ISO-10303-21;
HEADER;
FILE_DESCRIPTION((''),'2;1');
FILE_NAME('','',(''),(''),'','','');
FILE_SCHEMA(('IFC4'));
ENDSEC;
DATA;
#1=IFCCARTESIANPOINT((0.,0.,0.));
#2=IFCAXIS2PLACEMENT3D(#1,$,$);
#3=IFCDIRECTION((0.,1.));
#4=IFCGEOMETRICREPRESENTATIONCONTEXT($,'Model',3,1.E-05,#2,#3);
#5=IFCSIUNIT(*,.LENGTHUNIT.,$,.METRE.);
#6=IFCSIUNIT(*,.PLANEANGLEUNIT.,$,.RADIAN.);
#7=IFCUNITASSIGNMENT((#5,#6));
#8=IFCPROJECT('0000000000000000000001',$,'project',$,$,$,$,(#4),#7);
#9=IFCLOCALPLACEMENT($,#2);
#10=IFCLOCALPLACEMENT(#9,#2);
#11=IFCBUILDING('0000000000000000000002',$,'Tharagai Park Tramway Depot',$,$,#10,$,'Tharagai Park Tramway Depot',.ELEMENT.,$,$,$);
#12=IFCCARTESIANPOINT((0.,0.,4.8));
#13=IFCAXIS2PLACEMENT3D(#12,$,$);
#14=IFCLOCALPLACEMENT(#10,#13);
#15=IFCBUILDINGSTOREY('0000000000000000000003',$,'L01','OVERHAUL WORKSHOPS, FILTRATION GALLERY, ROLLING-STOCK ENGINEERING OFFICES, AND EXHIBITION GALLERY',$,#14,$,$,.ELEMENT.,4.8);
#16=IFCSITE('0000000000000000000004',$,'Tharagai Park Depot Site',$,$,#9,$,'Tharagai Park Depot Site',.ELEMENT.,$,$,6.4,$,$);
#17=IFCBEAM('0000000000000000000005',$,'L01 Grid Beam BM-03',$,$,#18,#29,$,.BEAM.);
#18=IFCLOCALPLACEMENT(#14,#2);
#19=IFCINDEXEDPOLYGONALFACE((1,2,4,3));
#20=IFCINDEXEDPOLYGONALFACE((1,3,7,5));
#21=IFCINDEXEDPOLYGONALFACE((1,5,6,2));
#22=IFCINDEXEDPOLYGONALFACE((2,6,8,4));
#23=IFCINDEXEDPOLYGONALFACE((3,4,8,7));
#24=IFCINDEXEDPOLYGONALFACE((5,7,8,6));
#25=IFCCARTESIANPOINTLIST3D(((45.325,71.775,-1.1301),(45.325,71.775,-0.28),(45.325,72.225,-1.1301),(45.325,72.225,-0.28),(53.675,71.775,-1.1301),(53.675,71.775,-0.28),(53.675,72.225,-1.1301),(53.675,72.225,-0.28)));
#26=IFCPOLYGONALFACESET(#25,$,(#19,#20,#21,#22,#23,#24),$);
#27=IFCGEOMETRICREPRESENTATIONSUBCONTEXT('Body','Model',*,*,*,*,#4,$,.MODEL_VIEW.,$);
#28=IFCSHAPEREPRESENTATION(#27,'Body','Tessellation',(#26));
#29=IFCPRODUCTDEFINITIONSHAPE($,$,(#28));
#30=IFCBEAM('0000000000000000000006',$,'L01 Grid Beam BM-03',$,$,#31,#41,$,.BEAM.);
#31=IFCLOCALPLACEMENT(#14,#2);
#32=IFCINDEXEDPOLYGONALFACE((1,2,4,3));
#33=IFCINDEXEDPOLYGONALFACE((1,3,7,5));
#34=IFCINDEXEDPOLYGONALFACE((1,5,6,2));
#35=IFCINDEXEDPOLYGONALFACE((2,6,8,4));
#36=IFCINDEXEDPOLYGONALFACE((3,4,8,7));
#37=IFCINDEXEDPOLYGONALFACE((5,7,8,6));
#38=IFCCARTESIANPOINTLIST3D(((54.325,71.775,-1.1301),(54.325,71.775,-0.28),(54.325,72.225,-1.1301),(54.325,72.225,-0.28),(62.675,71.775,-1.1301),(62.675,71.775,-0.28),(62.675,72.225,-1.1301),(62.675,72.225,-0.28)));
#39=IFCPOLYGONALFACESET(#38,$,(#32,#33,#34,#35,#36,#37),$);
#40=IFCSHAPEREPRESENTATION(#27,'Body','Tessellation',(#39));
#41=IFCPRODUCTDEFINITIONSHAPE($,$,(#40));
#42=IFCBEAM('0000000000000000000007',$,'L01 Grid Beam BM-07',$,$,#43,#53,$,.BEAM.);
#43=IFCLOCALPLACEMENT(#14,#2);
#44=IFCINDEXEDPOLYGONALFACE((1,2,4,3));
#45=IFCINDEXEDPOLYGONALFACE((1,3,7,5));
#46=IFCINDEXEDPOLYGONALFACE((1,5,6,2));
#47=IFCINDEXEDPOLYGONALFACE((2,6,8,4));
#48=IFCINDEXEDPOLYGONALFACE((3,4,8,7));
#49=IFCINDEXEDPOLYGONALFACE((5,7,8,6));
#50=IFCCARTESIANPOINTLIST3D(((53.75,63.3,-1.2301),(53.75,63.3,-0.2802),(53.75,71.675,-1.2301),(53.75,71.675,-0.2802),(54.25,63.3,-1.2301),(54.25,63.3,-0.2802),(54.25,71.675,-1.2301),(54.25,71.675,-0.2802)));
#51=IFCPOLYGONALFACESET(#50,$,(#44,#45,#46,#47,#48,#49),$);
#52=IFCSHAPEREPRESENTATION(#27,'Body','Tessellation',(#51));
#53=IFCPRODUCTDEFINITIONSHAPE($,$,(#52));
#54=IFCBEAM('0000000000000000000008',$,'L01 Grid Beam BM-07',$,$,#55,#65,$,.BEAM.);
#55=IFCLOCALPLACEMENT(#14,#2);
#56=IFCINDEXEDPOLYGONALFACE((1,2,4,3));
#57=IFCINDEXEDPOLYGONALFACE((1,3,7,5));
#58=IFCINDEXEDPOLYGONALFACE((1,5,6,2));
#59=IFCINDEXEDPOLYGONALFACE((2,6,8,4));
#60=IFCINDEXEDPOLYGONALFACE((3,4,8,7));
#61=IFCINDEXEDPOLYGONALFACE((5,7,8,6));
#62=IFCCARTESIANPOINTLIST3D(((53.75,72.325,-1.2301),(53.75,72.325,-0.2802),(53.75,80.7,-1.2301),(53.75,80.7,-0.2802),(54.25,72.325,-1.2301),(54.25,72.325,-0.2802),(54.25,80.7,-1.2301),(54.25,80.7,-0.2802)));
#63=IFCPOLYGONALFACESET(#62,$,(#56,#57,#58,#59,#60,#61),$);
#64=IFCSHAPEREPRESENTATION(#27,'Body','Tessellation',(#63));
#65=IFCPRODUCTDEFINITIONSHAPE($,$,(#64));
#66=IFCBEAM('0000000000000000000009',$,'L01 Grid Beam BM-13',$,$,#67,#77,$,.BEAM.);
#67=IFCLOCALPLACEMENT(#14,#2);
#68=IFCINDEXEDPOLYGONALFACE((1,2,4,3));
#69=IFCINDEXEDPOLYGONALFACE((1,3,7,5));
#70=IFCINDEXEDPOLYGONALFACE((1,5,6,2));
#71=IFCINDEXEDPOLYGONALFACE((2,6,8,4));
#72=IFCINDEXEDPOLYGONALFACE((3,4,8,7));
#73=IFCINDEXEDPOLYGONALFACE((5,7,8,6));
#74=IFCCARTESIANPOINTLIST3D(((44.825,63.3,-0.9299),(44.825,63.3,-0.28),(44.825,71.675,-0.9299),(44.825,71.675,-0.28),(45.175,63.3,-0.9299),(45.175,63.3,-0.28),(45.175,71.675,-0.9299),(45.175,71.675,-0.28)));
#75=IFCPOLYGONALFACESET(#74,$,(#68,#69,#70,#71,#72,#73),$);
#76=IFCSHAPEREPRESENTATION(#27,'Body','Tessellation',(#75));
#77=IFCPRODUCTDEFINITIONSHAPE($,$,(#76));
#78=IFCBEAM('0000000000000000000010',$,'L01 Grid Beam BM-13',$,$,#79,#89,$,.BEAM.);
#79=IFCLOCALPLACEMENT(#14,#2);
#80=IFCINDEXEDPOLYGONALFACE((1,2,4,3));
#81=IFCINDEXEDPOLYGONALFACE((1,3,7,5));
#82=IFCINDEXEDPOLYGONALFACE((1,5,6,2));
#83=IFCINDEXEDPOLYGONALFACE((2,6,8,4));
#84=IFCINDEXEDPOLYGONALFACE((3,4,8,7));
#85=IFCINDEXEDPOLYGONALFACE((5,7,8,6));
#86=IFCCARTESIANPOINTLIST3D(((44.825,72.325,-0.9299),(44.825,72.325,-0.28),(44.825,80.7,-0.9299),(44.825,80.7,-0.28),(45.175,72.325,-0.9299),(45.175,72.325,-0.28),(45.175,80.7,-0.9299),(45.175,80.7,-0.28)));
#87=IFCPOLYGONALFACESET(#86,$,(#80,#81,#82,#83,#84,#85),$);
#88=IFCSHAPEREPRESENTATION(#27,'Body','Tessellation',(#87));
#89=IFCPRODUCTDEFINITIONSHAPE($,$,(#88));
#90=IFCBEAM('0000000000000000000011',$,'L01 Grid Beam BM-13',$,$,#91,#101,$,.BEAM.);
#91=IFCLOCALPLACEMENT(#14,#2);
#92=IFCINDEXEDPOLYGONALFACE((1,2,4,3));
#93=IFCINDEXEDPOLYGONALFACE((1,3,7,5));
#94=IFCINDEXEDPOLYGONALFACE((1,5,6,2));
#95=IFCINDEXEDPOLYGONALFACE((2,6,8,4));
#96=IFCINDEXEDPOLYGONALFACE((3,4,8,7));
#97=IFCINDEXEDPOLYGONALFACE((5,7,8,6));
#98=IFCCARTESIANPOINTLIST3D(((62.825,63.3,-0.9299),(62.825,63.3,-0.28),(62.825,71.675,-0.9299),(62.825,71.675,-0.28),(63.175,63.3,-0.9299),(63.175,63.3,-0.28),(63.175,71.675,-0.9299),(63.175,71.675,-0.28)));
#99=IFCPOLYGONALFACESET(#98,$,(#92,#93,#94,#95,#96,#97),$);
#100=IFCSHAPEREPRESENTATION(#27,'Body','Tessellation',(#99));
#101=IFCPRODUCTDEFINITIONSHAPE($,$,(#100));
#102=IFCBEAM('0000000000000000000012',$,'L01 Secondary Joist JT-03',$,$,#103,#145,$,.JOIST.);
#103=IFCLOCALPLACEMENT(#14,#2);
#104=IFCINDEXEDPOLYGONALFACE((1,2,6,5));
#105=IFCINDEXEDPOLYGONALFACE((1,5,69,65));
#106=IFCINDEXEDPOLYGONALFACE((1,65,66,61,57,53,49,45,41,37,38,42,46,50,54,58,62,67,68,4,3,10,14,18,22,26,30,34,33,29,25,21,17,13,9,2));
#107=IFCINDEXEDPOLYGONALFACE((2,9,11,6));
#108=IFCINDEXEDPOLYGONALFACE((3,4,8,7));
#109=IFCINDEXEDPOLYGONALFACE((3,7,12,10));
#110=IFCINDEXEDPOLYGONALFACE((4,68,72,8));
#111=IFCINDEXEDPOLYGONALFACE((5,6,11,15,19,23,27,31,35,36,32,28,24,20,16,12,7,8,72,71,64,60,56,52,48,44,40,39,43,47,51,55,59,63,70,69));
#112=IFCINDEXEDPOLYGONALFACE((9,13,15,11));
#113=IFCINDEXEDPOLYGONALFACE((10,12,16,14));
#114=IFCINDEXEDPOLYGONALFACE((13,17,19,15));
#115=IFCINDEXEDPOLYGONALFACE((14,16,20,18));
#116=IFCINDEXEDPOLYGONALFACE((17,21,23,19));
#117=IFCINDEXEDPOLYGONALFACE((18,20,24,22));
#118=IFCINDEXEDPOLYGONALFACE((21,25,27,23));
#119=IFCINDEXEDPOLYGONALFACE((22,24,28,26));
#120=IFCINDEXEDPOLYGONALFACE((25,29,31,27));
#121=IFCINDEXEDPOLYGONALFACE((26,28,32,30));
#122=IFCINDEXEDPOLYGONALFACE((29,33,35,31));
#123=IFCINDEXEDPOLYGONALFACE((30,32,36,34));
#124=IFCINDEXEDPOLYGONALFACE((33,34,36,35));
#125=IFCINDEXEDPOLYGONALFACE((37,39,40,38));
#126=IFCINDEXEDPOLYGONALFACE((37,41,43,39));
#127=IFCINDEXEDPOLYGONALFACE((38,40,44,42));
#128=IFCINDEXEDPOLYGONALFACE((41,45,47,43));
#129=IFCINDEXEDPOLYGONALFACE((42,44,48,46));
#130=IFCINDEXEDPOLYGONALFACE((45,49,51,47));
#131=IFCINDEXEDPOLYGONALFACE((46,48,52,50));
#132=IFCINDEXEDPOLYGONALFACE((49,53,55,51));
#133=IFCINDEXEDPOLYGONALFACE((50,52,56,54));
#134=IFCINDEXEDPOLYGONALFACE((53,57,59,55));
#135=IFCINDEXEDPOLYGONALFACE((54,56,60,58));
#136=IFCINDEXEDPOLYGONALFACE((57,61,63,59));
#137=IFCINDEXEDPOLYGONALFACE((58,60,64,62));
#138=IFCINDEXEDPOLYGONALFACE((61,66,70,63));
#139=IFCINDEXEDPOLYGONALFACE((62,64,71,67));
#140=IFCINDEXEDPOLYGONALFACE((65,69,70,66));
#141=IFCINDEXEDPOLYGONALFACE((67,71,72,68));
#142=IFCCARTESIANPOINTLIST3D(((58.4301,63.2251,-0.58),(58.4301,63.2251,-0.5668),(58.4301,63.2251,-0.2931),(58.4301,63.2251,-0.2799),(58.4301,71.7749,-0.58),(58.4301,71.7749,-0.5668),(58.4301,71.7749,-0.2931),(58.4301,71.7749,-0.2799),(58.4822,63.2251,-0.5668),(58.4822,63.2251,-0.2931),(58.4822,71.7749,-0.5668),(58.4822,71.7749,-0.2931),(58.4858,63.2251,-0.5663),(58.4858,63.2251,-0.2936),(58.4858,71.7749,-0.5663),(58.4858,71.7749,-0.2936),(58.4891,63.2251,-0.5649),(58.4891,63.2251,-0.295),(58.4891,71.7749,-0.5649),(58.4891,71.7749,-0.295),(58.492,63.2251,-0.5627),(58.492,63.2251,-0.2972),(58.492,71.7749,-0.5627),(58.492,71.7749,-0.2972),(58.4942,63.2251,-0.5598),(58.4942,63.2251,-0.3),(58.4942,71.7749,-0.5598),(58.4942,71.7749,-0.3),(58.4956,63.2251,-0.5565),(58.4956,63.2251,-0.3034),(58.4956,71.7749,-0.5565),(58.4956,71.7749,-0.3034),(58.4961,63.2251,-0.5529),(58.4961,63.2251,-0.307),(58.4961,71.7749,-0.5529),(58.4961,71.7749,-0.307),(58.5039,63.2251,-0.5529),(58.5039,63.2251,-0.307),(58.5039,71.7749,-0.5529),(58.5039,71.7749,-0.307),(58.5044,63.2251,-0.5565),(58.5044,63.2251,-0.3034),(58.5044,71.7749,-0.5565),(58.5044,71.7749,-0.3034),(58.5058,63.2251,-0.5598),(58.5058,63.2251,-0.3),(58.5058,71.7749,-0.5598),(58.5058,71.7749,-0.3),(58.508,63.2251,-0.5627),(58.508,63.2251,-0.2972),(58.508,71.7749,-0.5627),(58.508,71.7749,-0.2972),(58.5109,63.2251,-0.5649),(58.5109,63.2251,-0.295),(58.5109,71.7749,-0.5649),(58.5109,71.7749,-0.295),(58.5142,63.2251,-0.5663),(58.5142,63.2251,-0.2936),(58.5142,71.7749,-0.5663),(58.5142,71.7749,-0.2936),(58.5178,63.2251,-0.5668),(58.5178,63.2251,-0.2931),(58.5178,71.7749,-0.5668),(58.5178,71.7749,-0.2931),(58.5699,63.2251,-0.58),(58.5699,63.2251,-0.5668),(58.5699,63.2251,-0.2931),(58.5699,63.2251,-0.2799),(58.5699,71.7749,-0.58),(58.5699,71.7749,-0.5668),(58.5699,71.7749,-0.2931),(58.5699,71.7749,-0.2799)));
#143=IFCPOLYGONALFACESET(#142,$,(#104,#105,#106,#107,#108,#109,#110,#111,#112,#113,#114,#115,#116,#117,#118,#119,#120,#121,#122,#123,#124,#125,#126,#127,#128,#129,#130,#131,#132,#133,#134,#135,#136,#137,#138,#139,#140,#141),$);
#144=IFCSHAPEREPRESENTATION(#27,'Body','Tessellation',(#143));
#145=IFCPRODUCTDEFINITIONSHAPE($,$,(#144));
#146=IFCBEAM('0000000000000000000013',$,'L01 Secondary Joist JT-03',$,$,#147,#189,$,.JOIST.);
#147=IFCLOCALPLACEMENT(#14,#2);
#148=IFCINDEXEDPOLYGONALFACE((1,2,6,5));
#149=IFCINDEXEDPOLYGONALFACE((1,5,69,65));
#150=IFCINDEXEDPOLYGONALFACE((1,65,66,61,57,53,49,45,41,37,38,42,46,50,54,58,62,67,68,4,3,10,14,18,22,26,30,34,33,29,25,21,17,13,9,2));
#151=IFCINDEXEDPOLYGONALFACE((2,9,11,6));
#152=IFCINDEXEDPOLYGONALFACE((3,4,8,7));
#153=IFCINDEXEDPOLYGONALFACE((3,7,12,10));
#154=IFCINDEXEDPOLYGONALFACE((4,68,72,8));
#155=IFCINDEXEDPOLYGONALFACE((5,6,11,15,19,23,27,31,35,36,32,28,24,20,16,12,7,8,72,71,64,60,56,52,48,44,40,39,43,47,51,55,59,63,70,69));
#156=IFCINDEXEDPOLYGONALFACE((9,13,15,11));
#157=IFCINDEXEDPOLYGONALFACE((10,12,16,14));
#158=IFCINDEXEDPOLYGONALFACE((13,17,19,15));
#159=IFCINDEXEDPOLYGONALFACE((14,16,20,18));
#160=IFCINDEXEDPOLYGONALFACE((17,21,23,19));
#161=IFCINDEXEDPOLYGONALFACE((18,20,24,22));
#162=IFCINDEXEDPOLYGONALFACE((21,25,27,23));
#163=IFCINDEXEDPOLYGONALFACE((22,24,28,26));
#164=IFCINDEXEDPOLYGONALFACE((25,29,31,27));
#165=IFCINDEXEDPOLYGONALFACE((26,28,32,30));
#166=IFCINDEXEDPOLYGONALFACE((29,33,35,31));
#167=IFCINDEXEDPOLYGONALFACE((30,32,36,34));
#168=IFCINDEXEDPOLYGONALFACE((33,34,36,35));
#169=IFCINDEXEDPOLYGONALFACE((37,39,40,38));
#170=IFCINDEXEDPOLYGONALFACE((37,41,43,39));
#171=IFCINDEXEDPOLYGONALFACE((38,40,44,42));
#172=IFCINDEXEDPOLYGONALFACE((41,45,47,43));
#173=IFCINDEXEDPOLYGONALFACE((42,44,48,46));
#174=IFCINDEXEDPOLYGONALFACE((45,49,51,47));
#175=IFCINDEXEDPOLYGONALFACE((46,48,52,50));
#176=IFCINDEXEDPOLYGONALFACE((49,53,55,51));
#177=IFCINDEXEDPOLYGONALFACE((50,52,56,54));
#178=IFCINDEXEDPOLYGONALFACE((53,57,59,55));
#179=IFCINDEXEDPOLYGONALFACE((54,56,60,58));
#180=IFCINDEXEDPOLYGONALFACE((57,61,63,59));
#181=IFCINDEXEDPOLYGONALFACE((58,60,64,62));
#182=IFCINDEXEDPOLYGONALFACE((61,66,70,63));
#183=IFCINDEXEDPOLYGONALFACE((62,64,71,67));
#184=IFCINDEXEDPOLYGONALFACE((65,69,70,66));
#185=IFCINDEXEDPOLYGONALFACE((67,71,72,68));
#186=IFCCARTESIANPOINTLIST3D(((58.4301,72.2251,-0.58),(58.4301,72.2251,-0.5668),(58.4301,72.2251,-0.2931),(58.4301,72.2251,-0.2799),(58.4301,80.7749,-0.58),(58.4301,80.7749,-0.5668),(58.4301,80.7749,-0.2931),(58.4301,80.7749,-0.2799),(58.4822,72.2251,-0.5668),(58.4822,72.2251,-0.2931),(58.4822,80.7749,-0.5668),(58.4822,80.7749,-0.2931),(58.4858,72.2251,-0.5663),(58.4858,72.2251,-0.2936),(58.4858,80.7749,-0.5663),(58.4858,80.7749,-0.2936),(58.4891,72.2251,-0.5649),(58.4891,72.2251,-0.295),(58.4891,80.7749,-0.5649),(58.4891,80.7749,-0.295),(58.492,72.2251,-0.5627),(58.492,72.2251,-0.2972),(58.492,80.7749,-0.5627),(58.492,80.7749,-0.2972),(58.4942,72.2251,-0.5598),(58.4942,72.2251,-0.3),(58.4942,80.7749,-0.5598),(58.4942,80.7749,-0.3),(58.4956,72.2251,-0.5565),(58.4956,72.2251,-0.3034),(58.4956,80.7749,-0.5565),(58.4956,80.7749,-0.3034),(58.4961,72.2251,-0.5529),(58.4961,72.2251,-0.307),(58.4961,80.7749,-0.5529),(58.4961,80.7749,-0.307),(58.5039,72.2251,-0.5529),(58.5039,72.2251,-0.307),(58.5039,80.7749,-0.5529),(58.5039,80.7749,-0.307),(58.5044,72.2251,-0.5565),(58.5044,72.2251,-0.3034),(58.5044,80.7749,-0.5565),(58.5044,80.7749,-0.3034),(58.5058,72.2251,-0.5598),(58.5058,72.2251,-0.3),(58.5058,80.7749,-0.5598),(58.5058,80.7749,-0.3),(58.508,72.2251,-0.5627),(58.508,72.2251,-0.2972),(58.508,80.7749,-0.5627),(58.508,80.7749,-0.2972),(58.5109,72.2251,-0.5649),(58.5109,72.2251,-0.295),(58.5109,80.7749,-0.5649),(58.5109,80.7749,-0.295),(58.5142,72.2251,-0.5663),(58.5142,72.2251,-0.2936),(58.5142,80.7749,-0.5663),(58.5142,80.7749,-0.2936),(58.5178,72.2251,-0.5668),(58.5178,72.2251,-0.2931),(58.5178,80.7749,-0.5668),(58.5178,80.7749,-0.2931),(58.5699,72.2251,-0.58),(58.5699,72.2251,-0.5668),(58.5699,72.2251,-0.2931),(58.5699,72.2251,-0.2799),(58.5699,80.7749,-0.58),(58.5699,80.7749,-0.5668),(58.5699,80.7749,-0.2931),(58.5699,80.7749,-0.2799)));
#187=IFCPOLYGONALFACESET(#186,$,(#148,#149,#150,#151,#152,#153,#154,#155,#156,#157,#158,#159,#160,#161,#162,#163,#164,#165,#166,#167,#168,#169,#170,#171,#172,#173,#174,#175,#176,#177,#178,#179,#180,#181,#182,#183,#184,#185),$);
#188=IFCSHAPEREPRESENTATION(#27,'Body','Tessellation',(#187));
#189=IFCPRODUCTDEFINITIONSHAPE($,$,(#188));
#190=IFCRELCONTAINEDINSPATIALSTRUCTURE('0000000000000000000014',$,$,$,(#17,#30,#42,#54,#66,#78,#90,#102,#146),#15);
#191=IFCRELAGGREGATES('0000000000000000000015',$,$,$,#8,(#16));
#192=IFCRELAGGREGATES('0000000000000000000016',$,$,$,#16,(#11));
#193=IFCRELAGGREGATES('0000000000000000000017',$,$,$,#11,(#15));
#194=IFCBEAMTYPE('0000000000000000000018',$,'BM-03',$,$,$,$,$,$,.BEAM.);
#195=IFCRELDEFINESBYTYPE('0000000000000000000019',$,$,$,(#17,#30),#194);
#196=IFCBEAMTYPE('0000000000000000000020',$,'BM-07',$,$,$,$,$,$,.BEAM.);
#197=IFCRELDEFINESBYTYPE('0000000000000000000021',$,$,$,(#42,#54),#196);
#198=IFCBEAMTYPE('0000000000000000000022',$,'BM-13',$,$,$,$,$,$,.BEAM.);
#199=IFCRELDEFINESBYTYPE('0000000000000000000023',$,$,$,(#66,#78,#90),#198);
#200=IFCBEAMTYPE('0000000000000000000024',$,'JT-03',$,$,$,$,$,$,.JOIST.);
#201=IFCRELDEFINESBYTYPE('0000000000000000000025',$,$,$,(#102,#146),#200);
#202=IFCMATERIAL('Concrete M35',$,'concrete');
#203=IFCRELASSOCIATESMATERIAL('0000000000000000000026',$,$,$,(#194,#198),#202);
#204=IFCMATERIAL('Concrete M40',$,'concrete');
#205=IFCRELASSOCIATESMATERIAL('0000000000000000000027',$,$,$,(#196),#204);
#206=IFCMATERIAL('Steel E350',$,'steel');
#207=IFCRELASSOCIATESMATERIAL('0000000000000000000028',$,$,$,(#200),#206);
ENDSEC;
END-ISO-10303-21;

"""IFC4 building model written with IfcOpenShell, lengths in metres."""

from ifc_helpers import new_model, si_unit, direction, frame, origin, origin_2d, place, context, subcontext, project, spatial, rectangle, i_section, extrude, material, material_profile, profile_set, type_object, element, save


model = new_model("IFC4")

# Units and contexts
model_context = context("Model", 3, precision=1e-05, world=origin(), true_north=direction((0.0, 1.0)))
body_context = subcontext(model_context, "Body", "Model", "MODEL_VIEW")
ifc_project = project(units=[si_unit("LENGTHUNIT", "METRE"), si_unit("PLANEANGLEUNIT", "RADIAN")], contexts=[model_context])

# Site, building, storey
site_placement = place(None, origin())
site = spatial("IfcSite", under=ifc_project, at=site_placement, Name="Tharagai Park Depot Site", LongName="Tharagai Park Depot Site", CompositionType="ELEMENT", RefElevation=6.4)
building_placement = place(site_placement, origin())
building = spatial("IfcBuilding", under=site, at=building_placement, Name="Tharagai Park Tramway Depot", LongName="Tharagai Park Tramway Depot", CompositionType="ELEMENT")
storey_placement = place(building_placement, frame((0.0, 0.0, 4.8)))
storey = spatial("IfcBuildingStorey", under=building, at=storey_placement, Name="L01", Description="OVERHAUL WORKSHOPS, FILTRATION GALLERY, ROLLING-STOCK ENGINEERING OFFICES, AND EXHIBITION GALLERY", CompositionType="ELEMENT", Elevation=4.8)

# Shared definitions
ifc_material_1 = material(Name="Steel E350", Category="steel")

# Beams
ifc_material_2 = material(Name="Concrete M35", Category="concrete")
ifc_material_profile_1 = material_profile(ifc_material_2, rectangle(XDim=0.45, YDim=0.8501, at=origin_2d()), Name="RC 450x850")
ifc_profile_set_1 = profile_set([ifc_material_profile_1], Name="Concrete M35")
beam_type_1 = type_object("IfcBeamType", Name="BM-03", PredefinedType="BEAM", material=ifc_profile_set_1)
for number, where, z_axis, x_axis, name in (
    (1, (45.325, 72.0, -0.7051), (1.0, 0.0, 0.0), (0.0, 1.0, 0.0), "L01 Grid Beam BM-03"),
    (2, (54.325, 72.0, -0.7051), (1.0, 0.0, 0.0), (0.0, 1.0, 0.0), "L01 Grid Beam BM-03"),
):
    element("IfcBeam", number, at=place(storey_placement, frame(where, z_axis=z_axis, x_axis=x_axis)), inside=storey, type_object=beam_type_1, Name=name, PredefinedType="BEAM", context=body_context, shape_type="SweptSolid", body=[
        extrude(rectangle(XDim=0.45, YDim=0.8501, at=origin_2d()), origin(), (0.0, 0.0, 1.0), 8.3501),
    ])
ifc_material_3 = material(Name="Concrete M40", Category="concrete")
ifc_material_profile_2 = material_profile(ifc_material_3, rectangle(XDim=0.5, YDim=0.95, at=origin_2d()), Name="RC 500x950")
ifc_profile_set_2 = profile_set([ifc_material_profile_2], Name="Concrete M40")
beam_type_2 = type_object("IfcBeamType", Name="BM-07", PredefinedType="BEAM", material=ifc_profile_set_2)
for number, where, z_axis, x_axis, name in (
    (3, (54.0, 63.3, -0.7551), (0.0, 1.0, 0.0), (-1.0, 0.0, 0.0), "L01 Grid Beam BM-07"),
    (4, (54.0, 72.325, -0.7551), (0.0, 1.0, 0.0), (-1.0, 0.0, 0.0), "L01 Grid Beam BM-07"),
):
    element("IfcBeam", number, at=place(storey_placement, frame(where, z_axis=z_axis, x_axis=x_axis)), inside=storey, type_object=beam_type_2, Name=name, PredefinedType="BEAM", context=body_context, shape_type="SweptSolid", body=[
        extrude(rectangle(XDim=0.5, YDim=0.95, at=origin_2d()), origin(), (0.0, 0.0, 1.0), 8.375),
    ])
ifc_material_profile_3 = material_profile(ifc_material_2, rectangle(XDim=0.3501, YDim=0.6499, at=origin_2d()), Name="RC 350x650")
ifc_profile_set_3 = profile_set([ifc_material_profile_3], Name="Concrete M35")
beam_type_3 = type_object("IfcBeamType", Name="BM-13", PredefinedType="BEAM", material=ifc_profile_set_3)
for number, where, z_axis, x_axis, name in (
    (5, (45.0, 63.3, -0.605), (0.0, 1.0, 0.0), (-1.0, 0.0, 0.0), "L01 Grid Beam BM-13"),
    (6, (45.0, 72.325, -0.605), (0.0, 1.0, 0.0), (-1.0, 0.0, 0.0), "L01 Grid Beam BM-13"),
    (7, (63.0, 63.3, -0.605), (0.0, 1.0, 0.0), (-1.0, 0.0, 0.0), "L01 Grid Beam BM-13"),
):
    element("IfcBeam", number, at=place(storey_placement, frame(where, z_axis=z_axis, x_axis=x_axis)), inside=storey, type_object=beam_type_3, Name=name, PredefinedType="BEAM", context=body_context, shape_type="SweptSolid", body=[
        extrude(rectangle(XDim=0.3501, YDim=0.6499, at=origin_2d()), origin(), (0.0, 0.0, 1.0), 8.375),
    ])
ifc_material_profile_4 = material_profile(ifc_material_1, i_section(OverallWidth=0.1399, OverallDepth=0.3, WebThickness=0.0078, FlangeThickness=0.0132, FilletRadius=0.0139, at=origin_2d()), Name="ISMB 300")
ifc_profile_set_4 = profile_set([ifc_material_profile_4], Name="Steel E350")
beam_type_4 = type_object("IfcBeamType", Name="JT-03", PredefinedType="JOIST", material=ifc_profile_set_4)
for number, where, z_axis, x_axis, name in (
    (8, (58.5, 63.2251, -0.4299), (0.0, 1.0, 0.0), (-1.0, 0.0, 0.0), "L01 Secondary Joist JT-03"),
    (9, (58.5, 72.2251, -0.4299), (0.0, 1.0, 0.0), (-1.0, 0.0, 0.0), "L01 Secondary Joist JT-03"),
):
    element("IfcBeam", number, at=place(storey_placement, frame(where, z_axis=z_axis, x_axis=x_axis)), inside=storey, type_object=beam_type_4, Name=name, PredefinedType="JOIST", context=body_context, shape_type="SweptSolid", body=[
        extrude(i_section(OverallWidth=0.1399, OverallDepth=0.3, WebThickness=0.0078, FlangeThickness=0.0132, FilletRadius=0.0139, at=origin_2d()), origin(), (0.0, 0.0, 1.0), 8.5498),
    ])

save(model, "model.ifc")
